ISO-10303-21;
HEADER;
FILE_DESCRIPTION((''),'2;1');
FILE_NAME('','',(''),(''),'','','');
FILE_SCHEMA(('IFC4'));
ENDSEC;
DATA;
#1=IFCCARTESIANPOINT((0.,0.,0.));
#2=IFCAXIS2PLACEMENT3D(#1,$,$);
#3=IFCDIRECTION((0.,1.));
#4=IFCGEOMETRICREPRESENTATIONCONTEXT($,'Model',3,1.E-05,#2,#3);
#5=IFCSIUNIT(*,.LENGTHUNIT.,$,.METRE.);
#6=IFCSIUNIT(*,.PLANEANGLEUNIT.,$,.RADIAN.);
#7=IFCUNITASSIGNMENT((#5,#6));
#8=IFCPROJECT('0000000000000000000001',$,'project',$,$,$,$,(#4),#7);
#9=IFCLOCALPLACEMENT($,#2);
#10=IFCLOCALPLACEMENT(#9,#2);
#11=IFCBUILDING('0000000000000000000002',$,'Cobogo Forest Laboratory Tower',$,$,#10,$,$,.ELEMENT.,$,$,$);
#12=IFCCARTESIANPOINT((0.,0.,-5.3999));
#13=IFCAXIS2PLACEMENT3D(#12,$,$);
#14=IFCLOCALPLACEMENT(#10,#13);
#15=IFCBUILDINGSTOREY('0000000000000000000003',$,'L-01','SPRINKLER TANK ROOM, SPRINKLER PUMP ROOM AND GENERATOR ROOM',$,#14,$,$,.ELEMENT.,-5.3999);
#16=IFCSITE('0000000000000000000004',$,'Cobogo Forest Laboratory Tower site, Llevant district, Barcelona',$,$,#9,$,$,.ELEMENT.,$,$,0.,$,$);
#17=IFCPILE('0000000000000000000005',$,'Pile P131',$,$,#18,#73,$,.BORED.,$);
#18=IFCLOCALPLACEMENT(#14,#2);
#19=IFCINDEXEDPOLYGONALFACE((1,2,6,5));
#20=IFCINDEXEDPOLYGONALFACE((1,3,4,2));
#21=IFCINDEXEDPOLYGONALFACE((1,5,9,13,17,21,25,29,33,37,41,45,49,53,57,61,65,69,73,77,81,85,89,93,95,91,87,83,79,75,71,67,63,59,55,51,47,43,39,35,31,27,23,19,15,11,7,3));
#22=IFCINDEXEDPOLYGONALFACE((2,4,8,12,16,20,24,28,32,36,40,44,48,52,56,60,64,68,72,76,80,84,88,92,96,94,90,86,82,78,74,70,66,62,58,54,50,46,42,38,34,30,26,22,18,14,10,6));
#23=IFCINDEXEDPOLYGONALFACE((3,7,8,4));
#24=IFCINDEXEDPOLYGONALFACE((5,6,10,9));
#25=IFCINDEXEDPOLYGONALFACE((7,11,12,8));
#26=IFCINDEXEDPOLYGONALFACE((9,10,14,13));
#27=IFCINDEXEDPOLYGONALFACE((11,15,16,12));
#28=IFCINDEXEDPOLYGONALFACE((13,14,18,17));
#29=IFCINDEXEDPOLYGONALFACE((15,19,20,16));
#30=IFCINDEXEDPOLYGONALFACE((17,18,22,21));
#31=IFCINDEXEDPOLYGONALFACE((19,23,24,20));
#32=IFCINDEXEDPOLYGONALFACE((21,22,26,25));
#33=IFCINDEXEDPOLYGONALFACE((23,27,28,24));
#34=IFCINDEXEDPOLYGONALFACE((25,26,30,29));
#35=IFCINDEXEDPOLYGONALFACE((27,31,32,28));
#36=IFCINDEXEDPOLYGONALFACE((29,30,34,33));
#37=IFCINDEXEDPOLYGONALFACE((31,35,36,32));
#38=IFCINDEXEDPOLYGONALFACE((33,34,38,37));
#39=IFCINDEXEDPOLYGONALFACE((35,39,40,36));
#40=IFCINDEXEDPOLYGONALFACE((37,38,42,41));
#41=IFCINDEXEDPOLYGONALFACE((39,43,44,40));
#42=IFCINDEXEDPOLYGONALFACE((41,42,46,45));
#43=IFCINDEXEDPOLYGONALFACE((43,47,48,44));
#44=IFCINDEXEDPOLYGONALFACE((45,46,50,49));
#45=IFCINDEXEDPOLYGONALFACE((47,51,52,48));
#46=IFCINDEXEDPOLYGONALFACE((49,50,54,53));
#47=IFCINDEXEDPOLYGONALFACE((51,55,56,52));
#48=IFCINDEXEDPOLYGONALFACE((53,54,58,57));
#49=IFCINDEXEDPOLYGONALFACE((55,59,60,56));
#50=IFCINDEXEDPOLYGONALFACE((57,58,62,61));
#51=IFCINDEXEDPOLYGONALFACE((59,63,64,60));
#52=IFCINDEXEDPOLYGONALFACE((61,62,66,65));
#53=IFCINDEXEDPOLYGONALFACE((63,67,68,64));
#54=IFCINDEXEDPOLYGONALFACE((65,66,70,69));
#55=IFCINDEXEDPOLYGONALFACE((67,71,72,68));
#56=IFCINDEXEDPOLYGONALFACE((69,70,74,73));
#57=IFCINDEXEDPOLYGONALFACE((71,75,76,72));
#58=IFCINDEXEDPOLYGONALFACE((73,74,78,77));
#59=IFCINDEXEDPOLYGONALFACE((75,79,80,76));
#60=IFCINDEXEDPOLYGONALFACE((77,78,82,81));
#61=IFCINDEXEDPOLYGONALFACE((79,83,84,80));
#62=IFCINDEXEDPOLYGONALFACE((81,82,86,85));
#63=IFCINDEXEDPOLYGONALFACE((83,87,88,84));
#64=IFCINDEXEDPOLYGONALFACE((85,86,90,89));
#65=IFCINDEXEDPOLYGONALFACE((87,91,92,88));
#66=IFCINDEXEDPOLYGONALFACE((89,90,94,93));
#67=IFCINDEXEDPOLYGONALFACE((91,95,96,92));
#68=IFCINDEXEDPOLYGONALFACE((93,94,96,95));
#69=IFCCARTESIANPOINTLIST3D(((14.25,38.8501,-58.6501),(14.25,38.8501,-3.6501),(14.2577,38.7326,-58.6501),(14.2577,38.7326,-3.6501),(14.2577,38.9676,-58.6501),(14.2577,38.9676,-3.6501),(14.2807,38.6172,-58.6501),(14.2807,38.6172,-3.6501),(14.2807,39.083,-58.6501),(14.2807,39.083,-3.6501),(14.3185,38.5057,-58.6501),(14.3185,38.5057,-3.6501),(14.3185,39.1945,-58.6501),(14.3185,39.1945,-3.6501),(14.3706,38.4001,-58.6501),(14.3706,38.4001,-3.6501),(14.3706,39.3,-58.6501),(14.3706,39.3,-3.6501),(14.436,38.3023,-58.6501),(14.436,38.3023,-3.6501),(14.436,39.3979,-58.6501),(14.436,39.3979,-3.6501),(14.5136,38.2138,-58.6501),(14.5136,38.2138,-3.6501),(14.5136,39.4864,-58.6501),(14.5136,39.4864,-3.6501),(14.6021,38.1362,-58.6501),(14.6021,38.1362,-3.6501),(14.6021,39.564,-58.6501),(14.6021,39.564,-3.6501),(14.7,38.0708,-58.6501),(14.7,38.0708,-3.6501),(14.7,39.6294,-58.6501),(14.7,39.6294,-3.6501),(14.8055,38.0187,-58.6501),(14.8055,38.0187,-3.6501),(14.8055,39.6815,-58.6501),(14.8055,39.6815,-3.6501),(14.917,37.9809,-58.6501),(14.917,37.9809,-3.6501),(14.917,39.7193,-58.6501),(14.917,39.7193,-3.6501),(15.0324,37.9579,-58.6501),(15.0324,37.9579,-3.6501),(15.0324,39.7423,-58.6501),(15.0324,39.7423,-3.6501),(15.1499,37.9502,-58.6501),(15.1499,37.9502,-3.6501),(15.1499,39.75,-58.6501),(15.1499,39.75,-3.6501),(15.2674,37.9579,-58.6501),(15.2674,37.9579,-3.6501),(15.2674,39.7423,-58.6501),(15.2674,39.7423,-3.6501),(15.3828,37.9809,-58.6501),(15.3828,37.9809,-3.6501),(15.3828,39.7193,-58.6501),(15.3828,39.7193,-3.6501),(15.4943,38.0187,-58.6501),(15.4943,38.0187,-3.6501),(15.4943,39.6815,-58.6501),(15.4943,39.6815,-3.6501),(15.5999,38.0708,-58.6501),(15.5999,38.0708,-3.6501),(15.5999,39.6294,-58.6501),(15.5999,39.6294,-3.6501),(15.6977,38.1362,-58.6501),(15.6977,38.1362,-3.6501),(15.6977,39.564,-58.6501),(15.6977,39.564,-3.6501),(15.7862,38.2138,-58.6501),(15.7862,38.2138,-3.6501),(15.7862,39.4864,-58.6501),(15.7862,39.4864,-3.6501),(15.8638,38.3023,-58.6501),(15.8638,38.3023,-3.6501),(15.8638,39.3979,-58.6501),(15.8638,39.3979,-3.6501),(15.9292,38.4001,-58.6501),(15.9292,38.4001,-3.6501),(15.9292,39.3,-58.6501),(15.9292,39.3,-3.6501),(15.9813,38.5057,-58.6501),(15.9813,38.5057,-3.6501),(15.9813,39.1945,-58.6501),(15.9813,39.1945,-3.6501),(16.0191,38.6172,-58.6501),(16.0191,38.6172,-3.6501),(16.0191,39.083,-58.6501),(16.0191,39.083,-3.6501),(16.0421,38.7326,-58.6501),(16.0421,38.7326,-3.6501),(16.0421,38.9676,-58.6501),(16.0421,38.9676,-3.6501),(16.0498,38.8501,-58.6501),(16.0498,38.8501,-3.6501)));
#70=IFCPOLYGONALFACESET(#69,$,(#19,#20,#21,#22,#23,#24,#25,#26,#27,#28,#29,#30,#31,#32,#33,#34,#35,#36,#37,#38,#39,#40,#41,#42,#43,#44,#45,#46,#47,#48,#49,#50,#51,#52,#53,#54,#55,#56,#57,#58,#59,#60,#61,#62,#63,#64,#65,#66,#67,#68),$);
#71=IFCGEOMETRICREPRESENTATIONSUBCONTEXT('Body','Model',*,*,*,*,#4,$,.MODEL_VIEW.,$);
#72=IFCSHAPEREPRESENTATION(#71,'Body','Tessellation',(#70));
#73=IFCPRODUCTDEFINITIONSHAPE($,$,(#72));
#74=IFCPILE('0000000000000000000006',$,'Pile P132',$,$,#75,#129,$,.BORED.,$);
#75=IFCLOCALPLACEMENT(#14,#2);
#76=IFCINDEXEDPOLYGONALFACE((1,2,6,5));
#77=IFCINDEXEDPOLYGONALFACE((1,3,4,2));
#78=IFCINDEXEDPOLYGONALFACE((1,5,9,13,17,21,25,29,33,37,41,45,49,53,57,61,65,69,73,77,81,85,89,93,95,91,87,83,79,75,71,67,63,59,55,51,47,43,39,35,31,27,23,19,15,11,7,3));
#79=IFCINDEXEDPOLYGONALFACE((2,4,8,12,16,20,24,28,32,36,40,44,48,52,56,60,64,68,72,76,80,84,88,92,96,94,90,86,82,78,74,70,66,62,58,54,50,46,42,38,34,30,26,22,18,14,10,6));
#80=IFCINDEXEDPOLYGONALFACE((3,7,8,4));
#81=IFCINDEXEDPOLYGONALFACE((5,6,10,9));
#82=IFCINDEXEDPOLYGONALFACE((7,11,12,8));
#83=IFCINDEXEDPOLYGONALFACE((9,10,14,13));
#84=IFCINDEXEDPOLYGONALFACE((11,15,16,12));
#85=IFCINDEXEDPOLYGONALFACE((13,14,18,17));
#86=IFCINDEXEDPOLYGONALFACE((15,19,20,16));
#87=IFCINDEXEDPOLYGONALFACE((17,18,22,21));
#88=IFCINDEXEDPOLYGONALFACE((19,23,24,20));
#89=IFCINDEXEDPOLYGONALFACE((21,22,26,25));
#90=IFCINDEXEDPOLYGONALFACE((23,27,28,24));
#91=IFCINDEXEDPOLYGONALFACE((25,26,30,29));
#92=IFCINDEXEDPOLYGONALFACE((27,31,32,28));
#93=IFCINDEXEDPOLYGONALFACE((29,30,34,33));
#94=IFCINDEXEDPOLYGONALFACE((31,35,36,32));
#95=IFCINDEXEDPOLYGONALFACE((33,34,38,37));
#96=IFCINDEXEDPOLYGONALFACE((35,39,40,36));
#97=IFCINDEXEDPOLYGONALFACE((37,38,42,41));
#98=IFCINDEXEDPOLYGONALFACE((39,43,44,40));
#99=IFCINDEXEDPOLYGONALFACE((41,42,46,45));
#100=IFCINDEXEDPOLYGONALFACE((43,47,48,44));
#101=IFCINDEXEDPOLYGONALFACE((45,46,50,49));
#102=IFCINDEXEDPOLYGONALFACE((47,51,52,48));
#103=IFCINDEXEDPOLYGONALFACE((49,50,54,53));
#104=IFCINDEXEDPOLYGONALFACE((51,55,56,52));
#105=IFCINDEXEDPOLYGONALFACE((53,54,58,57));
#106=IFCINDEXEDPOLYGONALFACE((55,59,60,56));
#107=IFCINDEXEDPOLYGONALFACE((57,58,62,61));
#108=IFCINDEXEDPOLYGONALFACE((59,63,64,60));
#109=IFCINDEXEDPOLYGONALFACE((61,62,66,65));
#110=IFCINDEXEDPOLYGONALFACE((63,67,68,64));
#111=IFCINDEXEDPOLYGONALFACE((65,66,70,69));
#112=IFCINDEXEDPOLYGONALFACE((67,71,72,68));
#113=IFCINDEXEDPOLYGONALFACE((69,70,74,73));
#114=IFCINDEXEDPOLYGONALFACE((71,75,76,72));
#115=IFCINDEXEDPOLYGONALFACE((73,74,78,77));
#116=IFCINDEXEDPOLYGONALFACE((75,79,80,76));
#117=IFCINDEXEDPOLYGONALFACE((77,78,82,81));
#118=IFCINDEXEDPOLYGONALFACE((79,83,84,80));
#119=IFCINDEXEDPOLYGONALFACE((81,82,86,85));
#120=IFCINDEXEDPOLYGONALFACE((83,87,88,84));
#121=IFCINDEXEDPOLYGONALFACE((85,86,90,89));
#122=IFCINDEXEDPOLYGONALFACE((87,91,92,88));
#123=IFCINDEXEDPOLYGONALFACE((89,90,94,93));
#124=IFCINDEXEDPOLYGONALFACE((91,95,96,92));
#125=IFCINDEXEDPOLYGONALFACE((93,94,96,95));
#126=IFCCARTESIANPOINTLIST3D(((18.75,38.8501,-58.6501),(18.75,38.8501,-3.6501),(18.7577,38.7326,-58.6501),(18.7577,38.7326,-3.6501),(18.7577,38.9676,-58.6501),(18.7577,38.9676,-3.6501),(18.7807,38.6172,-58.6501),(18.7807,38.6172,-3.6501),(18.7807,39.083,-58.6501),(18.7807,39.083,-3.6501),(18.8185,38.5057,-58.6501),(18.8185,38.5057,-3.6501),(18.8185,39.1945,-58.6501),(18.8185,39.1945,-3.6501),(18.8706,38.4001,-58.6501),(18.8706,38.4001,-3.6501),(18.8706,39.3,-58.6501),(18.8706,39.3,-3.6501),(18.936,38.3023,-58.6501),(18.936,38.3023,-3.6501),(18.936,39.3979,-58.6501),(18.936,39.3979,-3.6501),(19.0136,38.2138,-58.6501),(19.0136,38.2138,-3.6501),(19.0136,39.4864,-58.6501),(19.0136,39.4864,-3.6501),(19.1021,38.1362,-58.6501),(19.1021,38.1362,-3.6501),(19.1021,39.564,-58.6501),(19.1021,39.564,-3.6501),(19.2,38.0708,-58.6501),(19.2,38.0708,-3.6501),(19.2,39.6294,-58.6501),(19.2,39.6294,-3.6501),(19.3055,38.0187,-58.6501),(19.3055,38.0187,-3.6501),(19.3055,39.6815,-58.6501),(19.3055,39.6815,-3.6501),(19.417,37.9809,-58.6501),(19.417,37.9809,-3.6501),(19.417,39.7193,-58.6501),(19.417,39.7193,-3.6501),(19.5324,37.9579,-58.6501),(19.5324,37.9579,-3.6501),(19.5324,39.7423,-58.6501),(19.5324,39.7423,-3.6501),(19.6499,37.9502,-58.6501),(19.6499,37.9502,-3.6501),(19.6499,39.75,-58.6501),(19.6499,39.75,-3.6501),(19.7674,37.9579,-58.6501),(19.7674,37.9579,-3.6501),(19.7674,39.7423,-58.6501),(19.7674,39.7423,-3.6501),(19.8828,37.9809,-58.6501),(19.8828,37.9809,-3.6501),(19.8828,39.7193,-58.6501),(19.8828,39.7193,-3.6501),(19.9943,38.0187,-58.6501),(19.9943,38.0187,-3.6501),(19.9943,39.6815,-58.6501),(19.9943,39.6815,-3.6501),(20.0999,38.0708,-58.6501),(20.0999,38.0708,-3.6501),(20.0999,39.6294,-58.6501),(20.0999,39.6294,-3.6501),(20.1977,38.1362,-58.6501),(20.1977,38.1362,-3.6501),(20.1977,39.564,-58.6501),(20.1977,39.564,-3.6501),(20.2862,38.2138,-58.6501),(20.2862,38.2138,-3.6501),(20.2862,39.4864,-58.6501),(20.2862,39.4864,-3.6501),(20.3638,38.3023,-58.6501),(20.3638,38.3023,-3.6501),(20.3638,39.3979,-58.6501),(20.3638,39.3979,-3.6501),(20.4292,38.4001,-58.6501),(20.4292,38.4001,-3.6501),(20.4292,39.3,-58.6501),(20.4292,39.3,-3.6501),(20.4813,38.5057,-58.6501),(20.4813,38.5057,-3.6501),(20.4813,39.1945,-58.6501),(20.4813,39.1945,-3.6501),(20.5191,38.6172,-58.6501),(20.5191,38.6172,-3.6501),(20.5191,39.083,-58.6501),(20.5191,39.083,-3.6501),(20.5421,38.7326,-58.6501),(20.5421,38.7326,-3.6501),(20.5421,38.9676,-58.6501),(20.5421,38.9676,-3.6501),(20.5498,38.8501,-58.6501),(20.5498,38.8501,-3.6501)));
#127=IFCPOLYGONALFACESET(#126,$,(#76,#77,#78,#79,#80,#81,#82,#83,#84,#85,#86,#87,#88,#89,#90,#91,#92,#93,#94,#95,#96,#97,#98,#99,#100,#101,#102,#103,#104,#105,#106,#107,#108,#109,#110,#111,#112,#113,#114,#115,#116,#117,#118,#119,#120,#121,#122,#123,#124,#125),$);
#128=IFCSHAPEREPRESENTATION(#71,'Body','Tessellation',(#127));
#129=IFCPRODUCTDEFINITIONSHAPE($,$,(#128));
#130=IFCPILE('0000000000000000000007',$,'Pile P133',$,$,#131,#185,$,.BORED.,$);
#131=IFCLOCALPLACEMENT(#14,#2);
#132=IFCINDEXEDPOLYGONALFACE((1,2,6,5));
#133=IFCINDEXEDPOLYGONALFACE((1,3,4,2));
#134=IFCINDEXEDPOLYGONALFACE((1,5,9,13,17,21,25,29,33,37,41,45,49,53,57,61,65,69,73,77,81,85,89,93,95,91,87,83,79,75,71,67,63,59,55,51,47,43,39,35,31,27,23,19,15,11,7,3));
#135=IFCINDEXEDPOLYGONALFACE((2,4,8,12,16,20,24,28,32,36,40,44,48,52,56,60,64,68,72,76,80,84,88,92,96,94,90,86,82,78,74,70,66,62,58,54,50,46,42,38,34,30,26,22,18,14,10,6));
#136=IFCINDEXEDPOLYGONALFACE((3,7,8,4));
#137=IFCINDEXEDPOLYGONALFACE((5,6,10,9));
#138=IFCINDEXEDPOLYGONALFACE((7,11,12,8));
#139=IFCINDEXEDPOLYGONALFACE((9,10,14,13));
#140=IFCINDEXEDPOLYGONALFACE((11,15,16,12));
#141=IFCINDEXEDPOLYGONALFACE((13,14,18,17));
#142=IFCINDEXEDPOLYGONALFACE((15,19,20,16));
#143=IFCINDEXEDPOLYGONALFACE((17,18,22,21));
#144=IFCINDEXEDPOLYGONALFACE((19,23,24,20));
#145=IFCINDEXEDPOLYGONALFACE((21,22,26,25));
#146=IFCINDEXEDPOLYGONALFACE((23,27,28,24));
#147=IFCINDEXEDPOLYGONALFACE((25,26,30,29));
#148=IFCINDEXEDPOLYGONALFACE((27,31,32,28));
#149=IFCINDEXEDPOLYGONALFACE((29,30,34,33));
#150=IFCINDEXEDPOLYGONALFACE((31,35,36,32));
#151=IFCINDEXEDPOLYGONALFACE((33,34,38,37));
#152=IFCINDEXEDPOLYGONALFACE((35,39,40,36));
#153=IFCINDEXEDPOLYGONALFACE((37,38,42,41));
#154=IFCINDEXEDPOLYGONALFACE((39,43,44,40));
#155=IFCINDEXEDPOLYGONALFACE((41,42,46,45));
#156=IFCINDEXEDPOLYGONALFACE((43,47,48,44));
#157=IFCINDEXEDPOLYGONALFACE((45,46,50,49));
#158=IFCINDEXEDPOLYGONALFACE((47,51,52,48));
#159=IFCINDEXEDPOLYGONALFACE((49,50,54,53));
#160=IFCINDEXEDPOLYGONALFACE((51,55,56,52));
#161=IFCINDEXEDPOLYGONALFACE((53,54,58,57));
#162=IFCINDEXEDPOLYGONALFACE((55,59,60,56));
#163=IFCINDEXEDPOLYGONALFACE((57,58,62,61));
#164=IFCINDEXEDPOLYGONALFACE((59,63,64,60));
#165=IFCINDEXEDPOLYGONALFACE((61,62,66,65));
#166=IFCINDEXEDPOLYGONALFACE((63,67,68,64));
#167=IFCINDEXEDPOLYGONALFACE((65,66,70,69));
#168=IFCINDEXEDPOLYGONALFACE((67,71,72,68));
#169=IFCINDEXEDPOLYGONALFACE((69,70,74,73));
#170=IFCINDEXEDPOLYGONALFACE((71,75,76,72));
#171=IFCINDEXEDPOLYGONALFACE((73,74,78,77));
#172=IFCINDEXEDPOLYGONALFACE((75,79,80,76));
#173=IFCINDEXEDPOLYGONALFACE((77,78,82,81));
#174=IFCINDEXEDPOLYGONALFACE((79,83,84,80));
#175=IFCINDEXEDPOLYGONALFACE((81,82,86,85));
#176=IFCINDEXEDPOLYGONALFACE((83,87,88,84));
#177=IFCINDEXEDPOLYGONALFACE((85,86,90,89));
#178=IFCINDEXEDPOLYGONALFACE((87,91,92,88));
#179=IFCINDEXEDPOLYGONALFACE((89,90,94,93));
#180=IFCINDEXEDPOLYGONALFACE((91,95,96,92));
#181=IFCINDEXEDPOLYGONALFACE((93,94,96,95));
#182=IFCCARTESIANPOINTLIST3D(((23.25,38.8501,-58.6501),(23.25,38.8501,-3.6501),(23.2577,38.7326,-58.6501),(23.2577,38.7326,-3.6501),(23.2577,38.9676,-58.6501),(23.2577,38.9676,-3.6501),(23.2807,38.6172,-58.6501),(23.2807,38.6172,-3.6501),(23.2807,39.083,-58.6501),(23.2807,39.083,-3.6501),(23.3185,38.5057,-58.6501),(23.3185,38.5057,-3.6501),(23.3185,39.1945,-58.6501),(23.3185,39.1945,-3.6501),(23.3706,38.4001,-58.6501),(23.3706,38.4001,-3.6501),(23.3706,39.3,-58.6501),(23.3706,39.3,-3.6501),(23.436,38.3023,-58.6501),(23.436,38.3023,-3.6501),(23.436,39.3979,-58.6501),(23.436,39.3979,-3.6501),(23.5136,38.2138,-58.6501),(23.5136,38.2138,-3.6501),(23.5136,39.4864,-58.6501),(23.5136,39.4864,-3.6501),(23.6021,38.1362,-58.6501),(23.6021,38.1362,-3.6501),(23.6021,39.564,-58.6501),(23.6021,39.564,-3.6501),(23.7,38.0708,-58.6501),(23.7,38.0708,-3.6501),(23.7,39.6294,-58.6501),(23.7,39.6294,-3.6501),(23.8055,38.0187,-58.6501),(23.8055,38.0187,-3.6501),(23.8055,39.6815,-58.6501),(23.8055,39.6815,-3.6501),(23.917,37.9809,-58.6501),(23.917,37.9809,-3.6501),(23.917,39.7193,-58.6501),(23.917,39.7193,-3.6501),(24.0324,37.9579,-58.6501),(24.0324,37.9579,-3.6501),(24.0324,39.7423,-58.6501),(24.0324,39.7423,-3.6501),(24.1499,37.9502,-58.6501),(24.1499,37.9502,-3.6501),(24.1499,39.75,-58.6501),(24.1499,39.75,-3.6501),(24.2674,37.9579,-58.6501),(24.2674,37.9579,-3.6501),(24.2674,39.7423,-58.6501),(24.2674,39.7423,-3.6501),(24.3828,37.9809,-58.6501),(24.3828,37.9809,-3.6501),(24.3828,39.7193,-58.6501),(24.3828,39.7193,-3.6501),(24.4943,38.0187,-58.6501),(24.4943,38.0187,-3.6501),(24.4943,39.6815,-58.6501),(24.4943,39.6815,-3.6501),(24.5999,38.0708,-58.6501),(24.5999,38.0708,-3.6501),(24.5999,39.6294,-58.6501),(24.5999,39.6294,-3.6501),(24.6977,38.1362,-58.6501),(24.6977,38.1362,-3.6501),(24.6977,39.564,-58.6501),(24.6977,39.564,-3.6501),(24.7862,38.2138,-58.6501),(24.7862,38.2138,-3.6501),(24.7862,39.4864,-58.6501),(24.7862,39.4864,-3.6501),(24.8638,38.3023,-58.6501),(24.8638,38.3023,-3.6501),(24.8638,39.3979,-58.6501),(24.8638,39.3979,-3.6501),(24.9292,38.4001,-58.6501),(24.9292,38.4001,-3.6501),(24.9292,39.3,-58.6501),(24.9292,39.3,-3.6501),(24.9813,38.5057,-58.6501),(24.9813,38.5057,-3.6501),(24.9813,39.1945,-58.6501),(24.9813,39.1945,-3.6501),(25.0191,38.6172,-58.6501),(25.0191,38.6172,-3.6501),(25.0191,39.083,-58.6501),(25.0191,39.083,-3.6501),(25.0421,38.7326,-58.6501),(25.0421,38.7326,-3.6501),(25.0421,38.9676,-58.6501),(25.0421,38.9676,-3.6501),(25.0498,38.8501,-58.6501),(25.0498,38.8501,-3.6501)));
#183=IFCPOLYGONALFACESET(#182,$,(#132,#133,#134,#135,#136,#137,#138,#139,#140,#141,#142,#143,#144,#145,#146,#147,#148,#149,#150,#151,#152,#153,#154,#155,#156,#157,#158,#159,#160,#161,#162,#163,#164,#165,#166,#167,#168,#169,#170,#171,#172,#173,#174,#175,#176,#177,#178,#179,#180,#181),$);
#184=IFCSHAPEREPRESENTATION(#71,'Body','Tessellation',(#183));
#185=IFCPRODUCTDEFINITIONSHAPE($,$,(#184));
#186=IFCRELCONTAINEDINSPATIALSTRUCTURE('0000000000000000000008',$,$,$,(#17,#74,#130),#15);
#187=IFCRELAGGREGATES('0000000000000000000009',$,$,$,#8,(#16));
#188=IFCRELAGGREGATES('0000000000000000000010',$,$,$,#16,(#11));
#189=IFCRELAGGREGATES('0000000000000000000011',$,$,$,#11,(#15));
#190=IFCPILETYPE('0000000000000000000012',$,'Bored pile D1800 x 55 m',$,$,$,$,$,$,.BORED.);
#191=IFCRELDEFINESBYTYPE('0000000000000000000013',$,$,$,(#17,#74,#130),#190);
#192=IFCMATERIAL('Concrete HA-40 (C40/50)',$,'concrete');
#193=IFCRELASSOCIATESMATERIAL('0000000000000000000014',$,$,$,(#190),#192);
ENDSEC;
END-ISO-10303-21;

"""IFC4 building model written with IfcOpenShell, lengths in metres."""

from ifc_helpers import new_model, si_unit, direction, frame, origin, origin_2d, place, context, subcontext, project, spatial, circle, extrude, material, material_profile, profile_set, type_object, element, save


model = new_model("IFC4")

# Units and contexts
model_context = context("Model", 3, precision=1e-05, world=origin(), true_north=direction((0.0, 1.0)))
body_context = subcontext(model_context, "Body", "Model", "MODEL_VIEW")
ifc_project = project(units=[si_unit("LENGTHUNIT", "METRE"), si_unit("PLANEANGLEUNIT", "RADIAN")], contexts=[model_context])

# Site, building, storey
site_placement = place(None, origin())
site = spatial("IfcSite", under=ifc_project, at=site_placement, Name="Cobogo Forest Laboratory Tower site, Llevant district, Barcelona", CompositionType="ELEMENT", RefElevation=0.0)
building_placement = place(site_placement, origin())
building = spatial("IfcBuilding", under=site, at=building_placement, Name="Cobogo Forest Laboratory Tower", CompositionType="ELEMENT")
storey_placement = place(building_placement, frame((0.0, 0.0, -5.3999)))
storey = spatial("IfcBuildingStorey", under=building, at=storey_placement, Name="L-01", Description="SPRINKLER TANK ROOM, SPRINKLER PUMP ROOM AND GENERATOR ROOM", CompositionType="ELEMENT", Elevation=-5.3999)

# Piles
ifc_material_1 = material(Name="Concrete HA-40 (C40/50)", Category="concrete")
ifc_material_profile_1 = material_profile(ifc_material_1, circle(Radius=0.8999, at=origin_2d()), Name="PILE D1800")
ifc_profile_set_1 = profile_set([ifc_material_profile_1], Name="Concrete HA-40 (C40/50)")
pile_type_1 = type_object("IfcPileType", Name="Bored pile D1800 x 55 m", PredefinedType="BORED", material=ifc_profile_set_1)
for number, where, z_axis, x_axis, name in (
    (1, (15.1499, 38.8501, -3.6501), (0.0, 0.0, -1.0), (1.0, 0.0, 0.0), "Pile P131"),
    (2, (19.6499, 38.8501, -3.6501), (0.0, 0.0, -1.0), (1.0, 0.0, 0.0), "Pile P132"),
    (3, (24.1499, 38.8501, -3.6501), (0.0, 0.0, -1.0), (1.0, 0.0, 0.0), "Pile P133"),
):
    element("IfcPile", number, at=place(storey_placement, frame(where, z_axis=z_axis, x_axis=x_axis)), inside=storey, type_object=pile_type_1, Name=name, PredefinedType="BORED", context=body_context, shape_type="SweptSolid", body=[
        extrude(circle(Radius=0.8999, at=origin_2d()), origin(), (0.0, 0.0, 1.0), 55.0),
    ])

save(model, "model.ifc")
